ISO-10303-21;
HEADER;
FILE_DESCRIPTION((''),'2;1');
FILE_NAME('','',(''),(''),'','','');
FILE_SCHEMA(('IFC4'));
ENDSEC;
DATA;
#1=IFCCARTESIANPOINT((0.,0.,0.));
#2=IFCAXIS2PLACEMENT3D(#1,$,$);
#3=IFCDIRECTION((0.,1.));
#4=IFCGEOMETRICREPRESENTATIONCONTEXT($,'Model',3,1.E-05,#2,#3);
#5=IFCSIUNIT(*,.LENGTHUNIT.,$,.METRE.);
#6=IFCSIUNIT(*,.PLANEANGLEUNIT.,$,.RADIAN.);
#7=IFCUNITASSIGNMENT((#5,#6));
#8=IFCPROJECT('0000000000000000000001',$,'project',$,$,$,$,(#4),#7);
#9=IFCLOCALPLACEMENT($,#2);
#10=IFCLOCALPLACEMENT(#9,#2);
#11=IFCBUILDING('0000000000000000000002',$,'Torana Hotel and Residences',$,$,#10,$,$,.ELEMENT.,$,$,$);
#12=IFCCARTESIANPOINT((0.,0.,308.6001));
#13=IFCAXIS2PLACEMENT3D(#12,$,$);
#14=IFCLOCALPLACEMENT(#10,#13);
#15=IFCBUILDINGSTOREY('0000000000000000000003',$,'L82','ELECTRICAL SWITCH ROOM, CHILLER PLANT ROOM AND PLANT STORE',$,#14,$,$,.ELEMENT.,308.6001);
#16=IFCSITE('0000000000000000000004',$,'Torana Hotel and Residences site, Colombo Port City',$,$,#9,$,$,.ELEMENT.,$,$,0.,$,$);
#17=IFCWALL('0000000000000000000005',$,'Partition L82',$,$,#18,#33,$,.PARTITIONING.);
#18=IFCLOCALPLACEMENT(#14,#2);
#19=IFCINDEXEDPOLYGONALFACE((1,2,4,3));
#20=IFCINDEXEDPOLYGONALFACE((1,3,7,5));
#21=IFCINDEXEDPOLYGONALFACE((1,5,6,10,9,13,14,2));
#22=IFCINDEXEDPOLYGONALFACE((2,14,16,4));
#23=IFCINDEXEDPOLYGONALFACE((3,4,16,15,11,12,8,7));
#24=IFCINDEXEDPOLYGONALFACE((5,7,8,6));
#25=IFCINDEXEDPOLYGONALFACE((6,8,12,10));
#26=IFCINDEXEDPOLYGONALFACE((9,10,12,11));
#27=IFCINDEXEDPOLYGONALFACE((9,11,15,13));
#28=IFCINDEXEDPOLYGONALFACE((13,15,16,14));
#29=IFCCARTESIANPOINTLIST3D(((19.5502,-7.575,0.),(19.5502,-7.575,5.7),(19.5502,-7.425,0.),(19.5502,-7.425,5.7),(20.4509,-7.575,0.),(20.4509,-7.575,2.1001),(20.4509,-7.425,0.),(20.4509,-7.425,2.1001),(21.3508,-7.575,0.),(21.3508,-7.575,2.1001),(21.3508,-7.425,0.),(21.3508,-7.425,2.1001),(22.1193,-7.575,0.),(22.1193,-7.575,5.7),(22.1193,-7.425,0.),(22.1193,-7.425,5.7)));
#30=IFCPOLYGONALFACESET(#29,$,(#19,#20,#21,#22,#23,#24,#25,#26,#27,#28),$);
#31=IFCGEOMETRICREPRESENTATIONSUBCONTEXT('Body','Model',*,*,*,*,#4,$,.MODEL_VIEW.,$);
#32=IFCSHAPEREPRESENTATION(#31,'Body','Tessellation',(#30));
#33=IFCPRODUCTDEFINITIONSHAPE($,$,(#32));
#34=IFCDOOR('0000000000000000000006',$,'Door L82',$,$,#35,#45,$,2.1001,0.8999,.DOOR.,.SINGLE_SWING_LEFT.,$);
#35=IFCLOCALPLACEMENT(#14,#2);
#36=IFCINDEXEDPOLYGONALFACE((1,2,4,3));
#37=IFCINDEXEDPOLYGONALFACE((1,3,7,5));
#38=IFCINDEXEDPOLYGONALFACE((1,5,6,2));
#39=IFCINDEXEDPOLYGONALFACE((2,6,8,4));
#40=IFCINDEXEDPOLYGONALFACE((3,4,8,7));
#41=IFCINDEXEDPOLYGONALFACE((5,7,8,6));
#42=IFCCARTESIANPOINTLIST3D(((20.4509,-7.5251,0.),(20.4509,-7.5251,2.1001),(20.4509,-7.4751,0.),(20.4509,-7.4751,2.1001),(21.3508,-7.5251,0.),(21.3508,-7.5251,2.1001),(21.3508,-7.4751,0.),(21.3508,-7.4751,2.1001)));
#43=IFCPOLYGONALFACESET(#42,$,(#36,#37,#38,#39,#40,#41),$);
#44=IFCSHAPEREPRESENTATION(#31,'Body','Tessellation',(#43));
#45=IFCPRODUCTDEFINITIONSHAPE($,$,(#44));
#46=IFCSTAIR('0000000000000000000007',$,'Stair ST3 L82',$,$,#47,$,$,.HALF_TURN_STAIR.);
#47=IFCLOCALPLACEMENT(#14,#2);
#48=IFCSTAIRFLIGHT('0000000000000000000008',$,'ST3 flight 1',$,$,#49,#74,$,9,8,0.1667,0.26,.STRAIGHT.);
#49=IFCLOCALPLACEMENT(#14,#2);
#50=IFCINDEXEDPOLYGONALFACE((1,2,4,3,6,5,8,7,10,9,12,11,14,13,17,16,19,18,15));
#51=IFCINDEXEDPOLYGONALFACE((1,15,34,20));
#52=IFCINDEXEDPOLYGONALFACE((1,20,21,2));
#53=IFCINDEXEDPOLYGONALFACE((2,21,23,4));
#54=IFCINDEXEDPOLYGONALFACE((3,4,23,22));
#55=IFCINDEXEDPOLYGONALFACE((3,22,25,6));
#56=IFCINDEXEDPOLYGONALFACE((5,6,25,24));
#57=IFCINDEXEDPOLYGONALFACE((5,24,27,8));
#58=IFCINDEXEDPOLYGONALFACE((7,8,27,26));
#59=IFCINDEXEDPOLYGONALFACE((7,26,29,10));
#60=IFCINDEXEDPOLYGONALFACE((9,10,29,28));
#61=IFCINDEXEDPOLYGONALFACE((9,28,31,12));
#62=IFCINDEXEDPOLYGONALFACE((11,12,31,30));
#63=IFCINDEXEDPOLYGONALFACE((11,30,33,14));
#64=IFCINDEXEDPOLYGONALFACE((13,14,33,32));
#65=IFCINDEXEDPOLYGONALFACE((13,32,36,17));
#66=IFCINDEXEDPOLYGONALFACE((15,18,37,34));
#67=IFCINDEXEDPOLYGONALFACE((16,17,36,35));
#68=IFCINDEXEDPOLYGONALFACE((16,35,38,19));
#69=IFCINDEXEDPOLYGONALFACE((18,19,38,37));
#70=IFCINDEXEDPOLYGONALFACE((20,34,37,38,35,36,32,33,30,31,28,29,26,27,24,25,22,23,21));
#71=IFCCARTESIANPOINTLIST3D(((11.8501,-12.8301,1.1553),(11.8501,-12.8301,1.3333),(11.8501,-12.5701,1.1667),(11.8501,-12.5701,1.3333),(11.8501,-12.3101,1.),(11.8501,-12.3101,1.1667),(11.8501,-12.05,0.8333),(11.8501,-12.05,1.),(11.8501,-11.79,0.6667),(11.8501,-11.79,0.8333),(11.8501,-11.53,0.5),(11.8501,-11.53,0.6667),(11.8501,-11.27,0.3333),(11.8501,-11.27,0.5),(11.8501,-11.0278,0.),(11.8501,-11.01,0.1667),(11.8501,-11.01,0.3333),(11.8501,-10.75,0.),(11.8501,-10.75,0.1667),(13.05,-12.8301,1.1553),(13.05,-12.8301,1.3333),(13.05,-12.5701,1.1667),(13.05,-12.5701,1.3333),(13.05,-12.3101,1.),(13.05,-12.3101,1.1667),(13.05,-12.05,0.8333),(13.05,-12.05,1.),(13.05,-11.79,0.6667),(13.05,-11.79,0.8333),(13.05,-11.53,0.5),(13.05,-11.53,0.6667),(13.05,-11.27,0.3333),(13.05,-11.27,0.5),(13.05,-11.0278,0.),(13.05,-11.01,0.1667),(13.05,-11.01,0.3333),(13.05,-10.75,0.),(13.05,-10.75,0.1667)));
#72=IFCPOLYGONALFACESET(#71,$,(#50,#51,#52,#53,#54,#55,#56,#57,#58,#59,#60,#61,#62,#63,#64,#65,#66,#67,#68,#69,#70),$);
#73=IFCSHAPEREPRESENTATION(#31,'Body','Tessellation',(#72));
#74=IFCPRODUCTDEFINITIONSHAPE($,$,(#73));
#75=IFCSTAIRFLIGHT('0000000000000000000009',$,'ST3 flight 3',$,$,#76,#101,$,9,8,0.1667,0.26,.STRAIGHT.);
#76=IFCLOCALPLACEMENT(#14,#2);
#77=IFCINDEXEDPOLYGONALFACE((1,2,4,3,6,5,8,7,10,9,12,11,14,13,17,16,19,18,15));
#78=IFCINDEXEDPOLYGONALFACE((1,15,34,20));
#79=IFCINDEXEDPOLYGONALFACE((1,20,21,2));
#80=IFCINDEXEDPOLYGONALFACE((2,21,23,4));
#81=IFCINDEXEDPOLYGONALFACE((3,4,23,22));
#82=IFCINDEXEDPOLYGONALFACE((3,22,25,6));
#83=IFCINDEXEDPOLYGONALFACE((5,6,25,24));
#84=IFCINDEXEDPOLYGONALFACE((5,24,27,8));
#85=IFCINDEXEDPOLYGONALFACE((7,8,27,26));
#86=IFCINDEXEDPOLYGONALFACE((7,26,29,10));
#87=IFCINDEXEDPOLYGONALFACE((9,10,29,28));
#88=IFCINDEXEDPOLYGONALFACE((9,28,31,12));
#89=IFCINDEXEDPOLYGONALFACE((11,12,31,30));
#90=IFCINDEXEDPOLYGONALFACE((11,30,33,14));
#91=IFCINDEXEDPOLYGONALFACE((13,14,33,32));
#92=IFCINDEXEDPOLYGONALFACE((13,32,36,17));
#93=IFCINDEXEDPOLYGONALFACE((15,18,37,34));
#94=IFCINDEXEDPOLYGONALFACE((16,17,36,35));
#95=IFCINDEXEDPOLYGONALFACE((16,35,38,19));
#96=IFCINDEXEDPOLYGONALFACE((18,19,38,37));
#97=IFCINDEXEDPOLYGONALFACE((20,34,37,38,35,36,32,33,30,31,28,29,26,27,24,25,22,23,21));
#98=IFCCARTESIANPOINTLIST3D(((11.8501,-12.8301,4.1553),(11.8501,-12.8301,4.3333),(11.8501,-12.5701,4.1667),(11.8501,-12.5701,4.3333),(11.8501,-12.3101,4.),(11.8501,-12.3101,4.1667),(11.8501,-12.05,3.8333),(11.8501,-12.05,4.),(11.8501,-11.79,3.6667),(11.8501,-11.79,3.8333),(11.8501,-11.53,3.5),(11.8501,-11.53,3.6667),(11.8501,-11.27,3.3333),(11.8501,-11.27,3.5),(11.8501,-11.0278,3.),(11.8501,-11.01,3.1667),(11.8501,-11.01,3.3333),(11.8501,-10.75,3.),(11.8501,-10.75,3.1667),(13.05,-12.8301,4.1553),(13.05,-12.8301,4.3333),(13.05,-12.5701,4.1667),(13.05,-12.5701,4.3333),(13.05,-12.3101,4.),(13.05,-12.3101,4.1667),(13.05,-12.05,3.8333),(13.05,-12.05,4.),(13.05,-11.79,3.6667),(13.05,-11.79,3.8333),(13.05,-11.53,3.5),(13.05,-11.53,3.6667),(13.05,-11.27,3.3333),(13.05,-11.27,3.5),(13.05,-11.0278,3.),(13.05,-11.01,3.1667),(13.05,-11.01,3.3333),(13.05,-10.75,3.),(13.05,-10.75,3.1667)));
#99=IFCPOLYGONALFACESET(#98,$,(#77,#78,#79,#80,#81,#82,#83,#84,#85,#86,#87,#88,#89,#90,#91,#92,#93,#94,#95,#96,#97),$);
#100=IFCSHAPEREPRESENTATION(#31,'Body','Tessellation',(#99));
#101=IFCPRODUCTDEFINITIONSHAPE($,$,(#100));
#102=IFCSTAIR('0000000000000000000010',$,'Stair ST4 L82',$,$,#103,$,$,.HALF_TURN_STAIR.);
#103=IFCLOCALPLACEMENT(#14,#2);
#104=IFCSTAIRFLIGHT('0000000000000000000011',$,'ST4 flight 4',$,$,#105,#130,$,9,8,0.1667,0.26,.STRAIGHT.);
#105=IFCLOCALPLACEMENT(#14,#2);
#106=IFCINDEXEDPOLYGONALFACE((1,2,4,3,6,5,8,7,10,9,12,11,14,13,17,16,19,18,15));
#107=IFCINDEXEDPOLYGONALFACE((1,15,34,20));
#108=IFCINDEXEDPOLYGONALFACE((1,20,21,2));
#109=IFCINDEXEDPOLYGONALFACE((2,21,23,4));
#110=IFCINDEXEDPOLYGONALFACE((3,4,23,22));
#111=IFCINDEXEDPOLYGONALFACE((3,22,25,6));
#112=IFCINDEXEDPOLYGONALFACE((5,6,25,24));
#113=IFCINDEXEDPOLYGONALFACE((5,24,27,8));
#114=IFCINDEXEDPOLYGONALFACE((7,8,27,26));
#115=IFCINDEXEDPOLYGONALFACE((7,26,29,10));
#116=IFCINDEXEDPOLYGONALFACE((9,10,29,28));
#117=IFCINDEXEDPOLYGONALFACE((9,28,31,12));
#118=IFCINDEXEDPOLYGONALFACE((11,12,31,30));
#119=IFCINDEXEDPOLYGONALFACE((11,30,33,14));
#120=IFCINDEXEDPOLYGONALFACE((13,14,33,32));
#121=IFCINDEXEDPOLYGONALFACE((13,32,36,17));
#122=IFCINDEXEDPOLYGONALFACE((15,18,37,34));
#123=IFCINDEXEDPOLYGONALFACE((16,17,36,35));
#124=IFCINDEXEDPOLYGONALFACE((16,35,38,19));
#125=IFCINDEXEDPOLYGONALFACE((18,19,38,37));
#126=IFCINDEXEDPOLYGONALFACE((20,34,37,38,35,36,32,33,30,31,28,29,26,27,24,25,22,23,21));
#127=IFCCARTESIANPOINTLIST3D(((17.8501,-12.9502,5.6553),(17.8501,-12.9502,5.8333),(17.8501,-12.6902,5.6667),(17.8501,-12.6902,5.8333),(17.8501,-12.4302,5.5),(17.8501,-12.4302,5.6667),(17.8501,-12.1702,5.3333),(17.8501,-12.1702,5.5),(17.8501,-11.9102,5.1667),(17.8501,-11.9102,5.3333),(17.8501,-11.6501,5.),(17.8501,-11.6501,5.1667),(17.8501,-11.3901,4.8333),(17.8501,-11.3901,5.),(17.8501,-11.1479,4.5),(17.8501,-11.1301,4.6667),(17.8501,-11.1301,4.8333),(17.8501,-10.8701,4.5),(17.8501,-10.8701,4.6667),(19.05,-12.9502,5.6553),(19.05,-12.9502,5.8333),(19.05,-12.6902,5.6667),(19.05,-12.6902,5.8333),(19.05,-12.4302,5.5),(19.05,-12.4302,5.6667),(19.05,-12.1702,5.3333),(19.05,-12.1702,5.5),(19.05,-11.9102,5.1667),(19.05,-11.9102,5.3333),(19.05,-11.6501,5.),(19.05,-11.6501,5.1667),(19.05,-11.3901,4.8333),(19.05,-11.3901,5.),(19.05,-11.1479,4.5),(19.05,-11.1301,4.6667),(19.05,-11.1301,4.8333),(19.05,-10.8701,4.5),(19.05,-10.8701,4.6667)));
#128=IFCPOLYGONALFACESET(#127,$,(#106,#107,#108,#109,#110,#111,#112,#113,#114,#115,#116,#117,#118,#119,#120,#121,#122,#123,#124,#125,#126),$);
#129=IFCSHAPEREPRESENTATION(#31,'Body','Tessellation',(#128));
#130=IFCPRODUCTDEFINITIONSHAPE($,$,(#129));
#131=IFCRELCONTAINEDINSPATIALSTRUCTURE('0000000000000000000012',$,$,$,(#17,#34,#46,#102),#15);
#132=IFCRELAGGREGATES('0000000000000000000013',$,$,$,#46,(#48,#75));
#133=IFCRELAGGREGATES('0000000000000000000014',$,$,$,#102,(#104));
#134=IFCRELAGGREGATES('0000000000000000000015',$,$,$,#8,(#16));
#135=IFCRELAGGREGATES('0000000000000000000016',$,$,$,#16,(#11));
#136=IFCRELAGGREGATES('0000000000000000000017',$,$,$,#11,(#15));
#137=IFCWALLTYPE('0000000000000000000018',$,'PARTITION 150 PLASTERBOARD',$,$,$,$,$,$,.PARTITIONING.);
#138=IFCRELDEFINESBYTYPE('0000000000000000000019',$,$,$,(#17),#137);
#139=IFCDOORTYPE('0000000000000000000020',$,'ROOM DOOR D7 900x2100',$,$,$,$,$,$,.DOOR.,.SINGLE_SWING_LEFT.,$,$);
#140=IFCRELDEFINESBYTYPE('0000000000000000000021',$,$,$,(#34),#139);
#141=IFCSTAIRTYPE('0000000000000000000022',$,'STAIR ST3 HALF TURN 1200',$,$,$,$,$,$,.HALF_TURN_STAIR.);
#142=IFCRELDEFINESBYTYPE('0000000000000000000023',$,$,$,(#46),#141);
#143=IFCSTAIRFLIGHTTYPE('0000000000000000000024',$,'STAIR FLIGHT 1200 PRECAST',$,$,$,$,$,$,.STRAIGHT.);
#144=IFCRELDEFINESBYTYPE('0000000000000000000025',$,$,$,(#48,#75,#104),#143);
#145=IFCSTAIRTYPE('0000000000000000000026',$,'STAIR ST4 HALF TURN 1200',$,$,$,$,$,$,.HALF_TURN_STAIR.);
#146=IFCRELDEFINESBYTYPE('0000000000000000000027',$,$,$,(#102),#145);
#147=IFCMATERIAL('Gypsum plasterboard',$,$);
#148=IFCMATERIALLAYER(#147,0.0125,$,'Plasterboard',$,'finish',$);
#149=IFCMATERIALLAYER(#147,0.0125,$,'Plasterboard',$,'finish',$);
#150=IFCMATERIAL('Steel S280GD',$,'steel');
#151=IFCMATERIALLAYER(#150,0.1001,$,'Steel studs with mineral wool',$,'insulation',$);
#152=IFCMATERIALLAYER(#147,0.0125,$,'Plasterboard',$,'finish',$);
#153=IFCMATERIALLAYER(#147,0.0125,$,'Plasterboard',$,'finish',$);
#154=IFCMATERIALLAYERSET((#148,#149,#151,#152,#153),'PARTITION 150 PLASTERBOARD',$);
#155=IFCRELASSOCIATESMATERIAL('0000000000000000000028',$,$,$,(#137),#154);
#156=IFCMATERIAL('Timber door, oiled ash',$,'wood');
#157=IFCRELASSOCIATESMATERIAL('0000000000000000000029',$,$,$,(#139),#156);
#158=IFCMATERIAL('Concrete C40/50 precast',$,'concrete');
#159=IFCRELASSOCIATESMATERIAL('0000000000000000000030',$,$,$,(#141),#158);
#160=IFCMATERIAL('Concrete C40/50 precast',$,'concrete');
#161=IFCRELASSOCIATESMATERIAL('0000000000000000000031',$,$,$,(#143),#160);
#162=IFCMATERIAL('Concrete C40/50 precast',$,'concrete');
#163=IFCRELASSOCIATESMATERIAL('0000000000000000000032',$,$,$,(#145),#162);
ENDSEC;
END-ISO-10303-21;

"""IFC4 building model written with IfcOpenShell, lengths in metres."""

from ifc_helpers import new_model, si_unit, direction, frame, frame_2d, origin, place, context, subcontext, project, spatial, polyline, rectangle, outline, extrude, material, layer, layer_set, type_object, element, fill, aggregate, save


model = new_model("IFC4")

# Units and contexts
model_context = context("Model", 3, precision=1e-05, world=origin(), true_north=direction((0.0, 1.0)))
body_context = subcontext(model_context, "Body", "Model", "MODEL_VIEW")
ifc_project = project(units=[si_unit("LENGTHUNIT", "METRE"), si_unit("PLANEANGLEUNIT", "RADIAN")], contexts=[model_context])

# Site, building, storey
site_placement = place(None, origin())
site = spatial("IfcSite", under=ifc_project, at=site_placement, Name="Torana Hotel and Residences site, Colombo Port City", CompositionType="ELEMENT", RefElevation=0.0)
building_placement = place(site_placement, origin())
building = spatial("IfcBuilding", under=site, at=building_placement, Name="Torana Hotel and Residences", CompositionType="ELEMENT")
storey_placement = place(building_placement, frame((0.0, 0.0, 308.6001)))
storey = spatial("IfcBuildingStorey", under=building, at=storey_placement, Name="L82", Description="ELECTRICAL SWITCH ROOM, CHILLER PLANT ROOM AND PLANT STORE", CompositionType="ELEMENT", Elevation=308.6001)

# Wall, opening, door
ifc_material_1 = material(Name="Gypsum plasterboard")
ifc_layer_1 = layer(ifc_material_1, 0.0125, Name="Plasterboard", Category="finish")
ifc_layer_2 = layer(ifc_material_1, 0.0125, Name="Plasterboard", Category="finish")
ifc_material_2 = material(Name="Steel S280GD", Category="steel")
ifc_layer_3 = layer(ifc_material_2, 0.1001, Name="Steel studs with mineral wool", Category="insulation")
ifc_layer_4 = layer(ifc_material_1, 0.0125, Name="Plasterboard", Category="finish")
ifc_layer_5 = layer(ifc_material_1, 0.0125, Name="Plasterboard", Category="finish")
ifc_layer_set_1 = layer_set([ifc_layer_1, ifc_layer_2, ifc_layer_3, ifc_layer_4, ifc_layer_5], Name="PARTITION 150 PLASTERBOARD")
wall_type_1 = type_object("IfcWallType", Name="PARTITION 150 PLASTERBOARD", PredefinedType="PARTITIONING", material=ifc_layer_set_1)
wall_placement = place(storey_placement, frame((19.55, -7.5, 0.0), z_axis=(0.0, 0.0, 1.0), x_axis=(1.0, 0.0, 0.0)))
wall = element("IfcWall", 1, at=wall_placement, inside=storey, type_object=wall_type_1, Name="Partition L82", PredefinedType="PARTITIONING", context=body_context, shape_type="SweptSolid", body=[
    extrude(rectangle(XDim=2.5691, YDim=0.1499, at=frame_2d((1.2847, 0.0))), origin(), (0.0, 0.0, 1.0), 5.7),
])
opening_placement = place(wall_placement, frame((0.9009, 0.0, 0.0)))
opening = element("IfcOpeningElement", 2, at=opening_placement, cuts=wall, PredefinedType="OPENING", context=body_context, shape_type="SweptSolid", body=[
    extrude(rectangle(XDim=0.8999, YDim=2.1001, at=frame_2d((0.45, 1.05))), frame((0.0, 0.085, 0.0), z_axis=(0.0, -1.0, 0.0), x_axis=(1.0, 0.0, 0.0)), (0.0, 0.0, 1.0), 0.1699),
])
ifc_material_3 = material(Name="Timber door, oiled ash", Category="wood")
door_type = type_object("IfcDoorType", Name="ROOM DOOR D7 900x2100", OperationType="SINGLE_SWING_LEFT", PredefinedType="DOOR", material=ifc_material_3)
door_placement = place(opening_placement, origin())
door = element("IfcDoor", 3, at=door_placement, inside=storey, type_object=door_type, Name="Door L82", OperationType="SINGLE_SWING_LEFT", OverallHeight=2.1001, OverallWidth=0.8999, PredefinedType="DOOR", context=body_context, shape_type="SweptSolid", body=[
    extrude(rectangle(XDim=0.8999, YDim=2.1001, at=frame_2d((0.45, 1.05))), frame((0.0, 0.0249, 0.0), z_axis=(0.0, -1.0, 0.0), x_axis=(1.0, 0.0, 0.0)), (0.0, 0.0, 1.0), 0.05),
])
fill(opening, door)

# Stair, stair flights
ifc_material_4 = material(Name="Concrete C40/50 precast", Category="concrete")
stair_type_1 = type_object("IfcStairType", Name="STAIR ST3 HALF TURN 1200", PredefinedType="HALF_TURN_STAIR", material=ifc_material_4)
stair_1_placement = place(storey_placement, origin())
stair_1 = element("IfcStair", 4, at=stair_1_placement, inside=storey, type_object=stair_type_1, Name="Stair ST3 L82", PredefinedType="HALF_TURN_STAIR")
ifc_material_5 = material(Name="Concrete C40/50 precast", Category="concrete")
stair_flight_type = type_object("IfcStairFlightType", Name="STAIR FLIGHT 1200 PRECAST", PredefinedType="STRAIGHT", material=ifc_material_5)
stair_flight_1_placement = place(storey_placement, frame((12.45, -10.75, 0.0), z_axis=(0.0, 0.0, 1.0), x_axis=(0.0, -1.0, 0.0)))
stair_flight_1 = element("IfcStairFlight", 5, at=stair_flight_1_placement, type_object=stair_flight_type, Name="ST3 flight 1", NumberOfRisers=9, NumberOfTreads=8, PredefinedType="STRAIGHT", RiserHeight=0.1667, TreadLength=0.26, context=body_context, shape_type="SweptSolid", body=[
    extrude(outline(polyline([(0.0, 0.0), (0.0, 0.1667), (0.26, 0.1667), (0.26, 0.3333), (0.52, 0.3333), (0.52, 0.5), (0.78, 0.5), (0.78, 0.6667), (1.04, 0.6667), (1.04, 0.8333), (1.3, 0.8333), (1.3, 1.0), (1.5601, 1.0), (1.5601, 1.1667), (1.8201, 1.1667), (1.8201, 1.3333), (2.0801, 1.3333), (2.0801, 1.5), (2.0801, 1.1553), (0.2778, 0.0), (0.0, 0.0)])), frame((0.0, 0.6001, 0.0), z_axis=(0.0, -1.0, 0.0), x_axis=(1.0, 0.0, 0.0)), (0.0, 0.0, 1.0), 1.2),
])
stair_flight_2_placement = place(storey_placement, frame((12.45, -10.75, 3.0), z_axis=(0.0, 0.0, 1.0), x_axis=(0.0, -1.0, 0.0)))
stair_flight_2 = element("IfcStairFlight", 6, at=stair_flight_2_placement, type_object=stair_flight_type, Name="ST3 flight 3", NumberOfRisers=9, NumberOfTreads=8, PredefinedType="STRAIGHT", RiserHeight=0.1667, TreadLength=0.26, context=body_context, shape_type="SweptSolid", body=[
    extrude(outline(polyline([(0.0, 0.0), (0.0, 0.1667), (0.26, 0.1667), (0.26, 0.3333), (0.52, 0.3333), (0.52, 0.5), (0.78, 0.5), (0.78, 0.6667), (1.04, 0.6667), (1.04, 0.8333), (1.3, 0.8333), (1.3, 1.0), (1.5601, 1.0), (1.5601, 1.1667), (1.8201, 1.1667), (1.8201, 1.3333), (2.0801, 1.3333), (2.0801, 1.5), (2.0801, 1.1553), (0.2778, 0.0), (0.0, 0.0)])), frame((0.0, 0.6001, 0.0), z_axis=(0.0, -1.0, 0.0), x_axis=(1.0, 0.0, 0.0)), (0.0, 0.0, 1.0), 1.2),
])
aggregate(stair_1, [stair_flight_1, stair_flight_2])

# Stair, stair flight
ifc_material_6 = material(Name="Concrete C40/50 precast", Category="concrete")
stair_type_2 = type_object("IfcStairType", Name="STAIR ST4 HALF TURN 1200", PredefinedType="HALF_TURN_STAIR", material=ifc_material_6)
stair_2_placement = place(storey_placement, origin())
stair_2 = element("IfcStair", 7, at=stair_2_placement, inside=storey, type_object=stair_type_2, Name="Stair ST4 L82", PredefinedType="HALF_TURN_STAIR")
stair_flight_3_placement = place(storey_placement, frame((18.45, -10.8701, 4.5), z_axis=(0.0, 0.0, 1.0), x_axis=(0.0, -1.0, 0.0)))
stair_flight_3 = element("IfcStairFlight", 8, at=stair_flight_3_placement, type_object=stair_flight_type, Name="ST4 flight 4", NumberOfRisers=9, NumberOfTreads=8, PredefinedType="STRAIGHT", RiserHeight=0.1667, TreadLength=0.26, context=body_context, shape_type="SweptSolid", body=[
    extrude(outline(polyline([(0.0, 0.0), (0.0, 0.1667), (0.26, 0.1667), (0.26, 0.3333), (0.52, 0.3333), (0.52, 0.5), (0.78, 0.5), (0.78, 0.6667), (1.04, 0.6667), (1.04, 0.8333), (1.3, 0.8333), (1.3, 1.0), (1.5601, 1.0), (1.5601, 1.1667), (1.8201, 1.1667), (1.8201, 1.3333), (2.0801, 1.3333), (2.0801, 1.5), (2.0801, 1.1553), (0.2778, 0.0), (0.0, 0.0)])), frame((0.0, 0.6001, 0.0), z_axis=(0.0, -1.0, 0.0), x_axis=(1.0, 0.0, 0.0)), (0.0, 0.0, 1.0), 1.2),
])
aggregate(stair_2, [stair_flight_3])

save(model, "model.ifc")
